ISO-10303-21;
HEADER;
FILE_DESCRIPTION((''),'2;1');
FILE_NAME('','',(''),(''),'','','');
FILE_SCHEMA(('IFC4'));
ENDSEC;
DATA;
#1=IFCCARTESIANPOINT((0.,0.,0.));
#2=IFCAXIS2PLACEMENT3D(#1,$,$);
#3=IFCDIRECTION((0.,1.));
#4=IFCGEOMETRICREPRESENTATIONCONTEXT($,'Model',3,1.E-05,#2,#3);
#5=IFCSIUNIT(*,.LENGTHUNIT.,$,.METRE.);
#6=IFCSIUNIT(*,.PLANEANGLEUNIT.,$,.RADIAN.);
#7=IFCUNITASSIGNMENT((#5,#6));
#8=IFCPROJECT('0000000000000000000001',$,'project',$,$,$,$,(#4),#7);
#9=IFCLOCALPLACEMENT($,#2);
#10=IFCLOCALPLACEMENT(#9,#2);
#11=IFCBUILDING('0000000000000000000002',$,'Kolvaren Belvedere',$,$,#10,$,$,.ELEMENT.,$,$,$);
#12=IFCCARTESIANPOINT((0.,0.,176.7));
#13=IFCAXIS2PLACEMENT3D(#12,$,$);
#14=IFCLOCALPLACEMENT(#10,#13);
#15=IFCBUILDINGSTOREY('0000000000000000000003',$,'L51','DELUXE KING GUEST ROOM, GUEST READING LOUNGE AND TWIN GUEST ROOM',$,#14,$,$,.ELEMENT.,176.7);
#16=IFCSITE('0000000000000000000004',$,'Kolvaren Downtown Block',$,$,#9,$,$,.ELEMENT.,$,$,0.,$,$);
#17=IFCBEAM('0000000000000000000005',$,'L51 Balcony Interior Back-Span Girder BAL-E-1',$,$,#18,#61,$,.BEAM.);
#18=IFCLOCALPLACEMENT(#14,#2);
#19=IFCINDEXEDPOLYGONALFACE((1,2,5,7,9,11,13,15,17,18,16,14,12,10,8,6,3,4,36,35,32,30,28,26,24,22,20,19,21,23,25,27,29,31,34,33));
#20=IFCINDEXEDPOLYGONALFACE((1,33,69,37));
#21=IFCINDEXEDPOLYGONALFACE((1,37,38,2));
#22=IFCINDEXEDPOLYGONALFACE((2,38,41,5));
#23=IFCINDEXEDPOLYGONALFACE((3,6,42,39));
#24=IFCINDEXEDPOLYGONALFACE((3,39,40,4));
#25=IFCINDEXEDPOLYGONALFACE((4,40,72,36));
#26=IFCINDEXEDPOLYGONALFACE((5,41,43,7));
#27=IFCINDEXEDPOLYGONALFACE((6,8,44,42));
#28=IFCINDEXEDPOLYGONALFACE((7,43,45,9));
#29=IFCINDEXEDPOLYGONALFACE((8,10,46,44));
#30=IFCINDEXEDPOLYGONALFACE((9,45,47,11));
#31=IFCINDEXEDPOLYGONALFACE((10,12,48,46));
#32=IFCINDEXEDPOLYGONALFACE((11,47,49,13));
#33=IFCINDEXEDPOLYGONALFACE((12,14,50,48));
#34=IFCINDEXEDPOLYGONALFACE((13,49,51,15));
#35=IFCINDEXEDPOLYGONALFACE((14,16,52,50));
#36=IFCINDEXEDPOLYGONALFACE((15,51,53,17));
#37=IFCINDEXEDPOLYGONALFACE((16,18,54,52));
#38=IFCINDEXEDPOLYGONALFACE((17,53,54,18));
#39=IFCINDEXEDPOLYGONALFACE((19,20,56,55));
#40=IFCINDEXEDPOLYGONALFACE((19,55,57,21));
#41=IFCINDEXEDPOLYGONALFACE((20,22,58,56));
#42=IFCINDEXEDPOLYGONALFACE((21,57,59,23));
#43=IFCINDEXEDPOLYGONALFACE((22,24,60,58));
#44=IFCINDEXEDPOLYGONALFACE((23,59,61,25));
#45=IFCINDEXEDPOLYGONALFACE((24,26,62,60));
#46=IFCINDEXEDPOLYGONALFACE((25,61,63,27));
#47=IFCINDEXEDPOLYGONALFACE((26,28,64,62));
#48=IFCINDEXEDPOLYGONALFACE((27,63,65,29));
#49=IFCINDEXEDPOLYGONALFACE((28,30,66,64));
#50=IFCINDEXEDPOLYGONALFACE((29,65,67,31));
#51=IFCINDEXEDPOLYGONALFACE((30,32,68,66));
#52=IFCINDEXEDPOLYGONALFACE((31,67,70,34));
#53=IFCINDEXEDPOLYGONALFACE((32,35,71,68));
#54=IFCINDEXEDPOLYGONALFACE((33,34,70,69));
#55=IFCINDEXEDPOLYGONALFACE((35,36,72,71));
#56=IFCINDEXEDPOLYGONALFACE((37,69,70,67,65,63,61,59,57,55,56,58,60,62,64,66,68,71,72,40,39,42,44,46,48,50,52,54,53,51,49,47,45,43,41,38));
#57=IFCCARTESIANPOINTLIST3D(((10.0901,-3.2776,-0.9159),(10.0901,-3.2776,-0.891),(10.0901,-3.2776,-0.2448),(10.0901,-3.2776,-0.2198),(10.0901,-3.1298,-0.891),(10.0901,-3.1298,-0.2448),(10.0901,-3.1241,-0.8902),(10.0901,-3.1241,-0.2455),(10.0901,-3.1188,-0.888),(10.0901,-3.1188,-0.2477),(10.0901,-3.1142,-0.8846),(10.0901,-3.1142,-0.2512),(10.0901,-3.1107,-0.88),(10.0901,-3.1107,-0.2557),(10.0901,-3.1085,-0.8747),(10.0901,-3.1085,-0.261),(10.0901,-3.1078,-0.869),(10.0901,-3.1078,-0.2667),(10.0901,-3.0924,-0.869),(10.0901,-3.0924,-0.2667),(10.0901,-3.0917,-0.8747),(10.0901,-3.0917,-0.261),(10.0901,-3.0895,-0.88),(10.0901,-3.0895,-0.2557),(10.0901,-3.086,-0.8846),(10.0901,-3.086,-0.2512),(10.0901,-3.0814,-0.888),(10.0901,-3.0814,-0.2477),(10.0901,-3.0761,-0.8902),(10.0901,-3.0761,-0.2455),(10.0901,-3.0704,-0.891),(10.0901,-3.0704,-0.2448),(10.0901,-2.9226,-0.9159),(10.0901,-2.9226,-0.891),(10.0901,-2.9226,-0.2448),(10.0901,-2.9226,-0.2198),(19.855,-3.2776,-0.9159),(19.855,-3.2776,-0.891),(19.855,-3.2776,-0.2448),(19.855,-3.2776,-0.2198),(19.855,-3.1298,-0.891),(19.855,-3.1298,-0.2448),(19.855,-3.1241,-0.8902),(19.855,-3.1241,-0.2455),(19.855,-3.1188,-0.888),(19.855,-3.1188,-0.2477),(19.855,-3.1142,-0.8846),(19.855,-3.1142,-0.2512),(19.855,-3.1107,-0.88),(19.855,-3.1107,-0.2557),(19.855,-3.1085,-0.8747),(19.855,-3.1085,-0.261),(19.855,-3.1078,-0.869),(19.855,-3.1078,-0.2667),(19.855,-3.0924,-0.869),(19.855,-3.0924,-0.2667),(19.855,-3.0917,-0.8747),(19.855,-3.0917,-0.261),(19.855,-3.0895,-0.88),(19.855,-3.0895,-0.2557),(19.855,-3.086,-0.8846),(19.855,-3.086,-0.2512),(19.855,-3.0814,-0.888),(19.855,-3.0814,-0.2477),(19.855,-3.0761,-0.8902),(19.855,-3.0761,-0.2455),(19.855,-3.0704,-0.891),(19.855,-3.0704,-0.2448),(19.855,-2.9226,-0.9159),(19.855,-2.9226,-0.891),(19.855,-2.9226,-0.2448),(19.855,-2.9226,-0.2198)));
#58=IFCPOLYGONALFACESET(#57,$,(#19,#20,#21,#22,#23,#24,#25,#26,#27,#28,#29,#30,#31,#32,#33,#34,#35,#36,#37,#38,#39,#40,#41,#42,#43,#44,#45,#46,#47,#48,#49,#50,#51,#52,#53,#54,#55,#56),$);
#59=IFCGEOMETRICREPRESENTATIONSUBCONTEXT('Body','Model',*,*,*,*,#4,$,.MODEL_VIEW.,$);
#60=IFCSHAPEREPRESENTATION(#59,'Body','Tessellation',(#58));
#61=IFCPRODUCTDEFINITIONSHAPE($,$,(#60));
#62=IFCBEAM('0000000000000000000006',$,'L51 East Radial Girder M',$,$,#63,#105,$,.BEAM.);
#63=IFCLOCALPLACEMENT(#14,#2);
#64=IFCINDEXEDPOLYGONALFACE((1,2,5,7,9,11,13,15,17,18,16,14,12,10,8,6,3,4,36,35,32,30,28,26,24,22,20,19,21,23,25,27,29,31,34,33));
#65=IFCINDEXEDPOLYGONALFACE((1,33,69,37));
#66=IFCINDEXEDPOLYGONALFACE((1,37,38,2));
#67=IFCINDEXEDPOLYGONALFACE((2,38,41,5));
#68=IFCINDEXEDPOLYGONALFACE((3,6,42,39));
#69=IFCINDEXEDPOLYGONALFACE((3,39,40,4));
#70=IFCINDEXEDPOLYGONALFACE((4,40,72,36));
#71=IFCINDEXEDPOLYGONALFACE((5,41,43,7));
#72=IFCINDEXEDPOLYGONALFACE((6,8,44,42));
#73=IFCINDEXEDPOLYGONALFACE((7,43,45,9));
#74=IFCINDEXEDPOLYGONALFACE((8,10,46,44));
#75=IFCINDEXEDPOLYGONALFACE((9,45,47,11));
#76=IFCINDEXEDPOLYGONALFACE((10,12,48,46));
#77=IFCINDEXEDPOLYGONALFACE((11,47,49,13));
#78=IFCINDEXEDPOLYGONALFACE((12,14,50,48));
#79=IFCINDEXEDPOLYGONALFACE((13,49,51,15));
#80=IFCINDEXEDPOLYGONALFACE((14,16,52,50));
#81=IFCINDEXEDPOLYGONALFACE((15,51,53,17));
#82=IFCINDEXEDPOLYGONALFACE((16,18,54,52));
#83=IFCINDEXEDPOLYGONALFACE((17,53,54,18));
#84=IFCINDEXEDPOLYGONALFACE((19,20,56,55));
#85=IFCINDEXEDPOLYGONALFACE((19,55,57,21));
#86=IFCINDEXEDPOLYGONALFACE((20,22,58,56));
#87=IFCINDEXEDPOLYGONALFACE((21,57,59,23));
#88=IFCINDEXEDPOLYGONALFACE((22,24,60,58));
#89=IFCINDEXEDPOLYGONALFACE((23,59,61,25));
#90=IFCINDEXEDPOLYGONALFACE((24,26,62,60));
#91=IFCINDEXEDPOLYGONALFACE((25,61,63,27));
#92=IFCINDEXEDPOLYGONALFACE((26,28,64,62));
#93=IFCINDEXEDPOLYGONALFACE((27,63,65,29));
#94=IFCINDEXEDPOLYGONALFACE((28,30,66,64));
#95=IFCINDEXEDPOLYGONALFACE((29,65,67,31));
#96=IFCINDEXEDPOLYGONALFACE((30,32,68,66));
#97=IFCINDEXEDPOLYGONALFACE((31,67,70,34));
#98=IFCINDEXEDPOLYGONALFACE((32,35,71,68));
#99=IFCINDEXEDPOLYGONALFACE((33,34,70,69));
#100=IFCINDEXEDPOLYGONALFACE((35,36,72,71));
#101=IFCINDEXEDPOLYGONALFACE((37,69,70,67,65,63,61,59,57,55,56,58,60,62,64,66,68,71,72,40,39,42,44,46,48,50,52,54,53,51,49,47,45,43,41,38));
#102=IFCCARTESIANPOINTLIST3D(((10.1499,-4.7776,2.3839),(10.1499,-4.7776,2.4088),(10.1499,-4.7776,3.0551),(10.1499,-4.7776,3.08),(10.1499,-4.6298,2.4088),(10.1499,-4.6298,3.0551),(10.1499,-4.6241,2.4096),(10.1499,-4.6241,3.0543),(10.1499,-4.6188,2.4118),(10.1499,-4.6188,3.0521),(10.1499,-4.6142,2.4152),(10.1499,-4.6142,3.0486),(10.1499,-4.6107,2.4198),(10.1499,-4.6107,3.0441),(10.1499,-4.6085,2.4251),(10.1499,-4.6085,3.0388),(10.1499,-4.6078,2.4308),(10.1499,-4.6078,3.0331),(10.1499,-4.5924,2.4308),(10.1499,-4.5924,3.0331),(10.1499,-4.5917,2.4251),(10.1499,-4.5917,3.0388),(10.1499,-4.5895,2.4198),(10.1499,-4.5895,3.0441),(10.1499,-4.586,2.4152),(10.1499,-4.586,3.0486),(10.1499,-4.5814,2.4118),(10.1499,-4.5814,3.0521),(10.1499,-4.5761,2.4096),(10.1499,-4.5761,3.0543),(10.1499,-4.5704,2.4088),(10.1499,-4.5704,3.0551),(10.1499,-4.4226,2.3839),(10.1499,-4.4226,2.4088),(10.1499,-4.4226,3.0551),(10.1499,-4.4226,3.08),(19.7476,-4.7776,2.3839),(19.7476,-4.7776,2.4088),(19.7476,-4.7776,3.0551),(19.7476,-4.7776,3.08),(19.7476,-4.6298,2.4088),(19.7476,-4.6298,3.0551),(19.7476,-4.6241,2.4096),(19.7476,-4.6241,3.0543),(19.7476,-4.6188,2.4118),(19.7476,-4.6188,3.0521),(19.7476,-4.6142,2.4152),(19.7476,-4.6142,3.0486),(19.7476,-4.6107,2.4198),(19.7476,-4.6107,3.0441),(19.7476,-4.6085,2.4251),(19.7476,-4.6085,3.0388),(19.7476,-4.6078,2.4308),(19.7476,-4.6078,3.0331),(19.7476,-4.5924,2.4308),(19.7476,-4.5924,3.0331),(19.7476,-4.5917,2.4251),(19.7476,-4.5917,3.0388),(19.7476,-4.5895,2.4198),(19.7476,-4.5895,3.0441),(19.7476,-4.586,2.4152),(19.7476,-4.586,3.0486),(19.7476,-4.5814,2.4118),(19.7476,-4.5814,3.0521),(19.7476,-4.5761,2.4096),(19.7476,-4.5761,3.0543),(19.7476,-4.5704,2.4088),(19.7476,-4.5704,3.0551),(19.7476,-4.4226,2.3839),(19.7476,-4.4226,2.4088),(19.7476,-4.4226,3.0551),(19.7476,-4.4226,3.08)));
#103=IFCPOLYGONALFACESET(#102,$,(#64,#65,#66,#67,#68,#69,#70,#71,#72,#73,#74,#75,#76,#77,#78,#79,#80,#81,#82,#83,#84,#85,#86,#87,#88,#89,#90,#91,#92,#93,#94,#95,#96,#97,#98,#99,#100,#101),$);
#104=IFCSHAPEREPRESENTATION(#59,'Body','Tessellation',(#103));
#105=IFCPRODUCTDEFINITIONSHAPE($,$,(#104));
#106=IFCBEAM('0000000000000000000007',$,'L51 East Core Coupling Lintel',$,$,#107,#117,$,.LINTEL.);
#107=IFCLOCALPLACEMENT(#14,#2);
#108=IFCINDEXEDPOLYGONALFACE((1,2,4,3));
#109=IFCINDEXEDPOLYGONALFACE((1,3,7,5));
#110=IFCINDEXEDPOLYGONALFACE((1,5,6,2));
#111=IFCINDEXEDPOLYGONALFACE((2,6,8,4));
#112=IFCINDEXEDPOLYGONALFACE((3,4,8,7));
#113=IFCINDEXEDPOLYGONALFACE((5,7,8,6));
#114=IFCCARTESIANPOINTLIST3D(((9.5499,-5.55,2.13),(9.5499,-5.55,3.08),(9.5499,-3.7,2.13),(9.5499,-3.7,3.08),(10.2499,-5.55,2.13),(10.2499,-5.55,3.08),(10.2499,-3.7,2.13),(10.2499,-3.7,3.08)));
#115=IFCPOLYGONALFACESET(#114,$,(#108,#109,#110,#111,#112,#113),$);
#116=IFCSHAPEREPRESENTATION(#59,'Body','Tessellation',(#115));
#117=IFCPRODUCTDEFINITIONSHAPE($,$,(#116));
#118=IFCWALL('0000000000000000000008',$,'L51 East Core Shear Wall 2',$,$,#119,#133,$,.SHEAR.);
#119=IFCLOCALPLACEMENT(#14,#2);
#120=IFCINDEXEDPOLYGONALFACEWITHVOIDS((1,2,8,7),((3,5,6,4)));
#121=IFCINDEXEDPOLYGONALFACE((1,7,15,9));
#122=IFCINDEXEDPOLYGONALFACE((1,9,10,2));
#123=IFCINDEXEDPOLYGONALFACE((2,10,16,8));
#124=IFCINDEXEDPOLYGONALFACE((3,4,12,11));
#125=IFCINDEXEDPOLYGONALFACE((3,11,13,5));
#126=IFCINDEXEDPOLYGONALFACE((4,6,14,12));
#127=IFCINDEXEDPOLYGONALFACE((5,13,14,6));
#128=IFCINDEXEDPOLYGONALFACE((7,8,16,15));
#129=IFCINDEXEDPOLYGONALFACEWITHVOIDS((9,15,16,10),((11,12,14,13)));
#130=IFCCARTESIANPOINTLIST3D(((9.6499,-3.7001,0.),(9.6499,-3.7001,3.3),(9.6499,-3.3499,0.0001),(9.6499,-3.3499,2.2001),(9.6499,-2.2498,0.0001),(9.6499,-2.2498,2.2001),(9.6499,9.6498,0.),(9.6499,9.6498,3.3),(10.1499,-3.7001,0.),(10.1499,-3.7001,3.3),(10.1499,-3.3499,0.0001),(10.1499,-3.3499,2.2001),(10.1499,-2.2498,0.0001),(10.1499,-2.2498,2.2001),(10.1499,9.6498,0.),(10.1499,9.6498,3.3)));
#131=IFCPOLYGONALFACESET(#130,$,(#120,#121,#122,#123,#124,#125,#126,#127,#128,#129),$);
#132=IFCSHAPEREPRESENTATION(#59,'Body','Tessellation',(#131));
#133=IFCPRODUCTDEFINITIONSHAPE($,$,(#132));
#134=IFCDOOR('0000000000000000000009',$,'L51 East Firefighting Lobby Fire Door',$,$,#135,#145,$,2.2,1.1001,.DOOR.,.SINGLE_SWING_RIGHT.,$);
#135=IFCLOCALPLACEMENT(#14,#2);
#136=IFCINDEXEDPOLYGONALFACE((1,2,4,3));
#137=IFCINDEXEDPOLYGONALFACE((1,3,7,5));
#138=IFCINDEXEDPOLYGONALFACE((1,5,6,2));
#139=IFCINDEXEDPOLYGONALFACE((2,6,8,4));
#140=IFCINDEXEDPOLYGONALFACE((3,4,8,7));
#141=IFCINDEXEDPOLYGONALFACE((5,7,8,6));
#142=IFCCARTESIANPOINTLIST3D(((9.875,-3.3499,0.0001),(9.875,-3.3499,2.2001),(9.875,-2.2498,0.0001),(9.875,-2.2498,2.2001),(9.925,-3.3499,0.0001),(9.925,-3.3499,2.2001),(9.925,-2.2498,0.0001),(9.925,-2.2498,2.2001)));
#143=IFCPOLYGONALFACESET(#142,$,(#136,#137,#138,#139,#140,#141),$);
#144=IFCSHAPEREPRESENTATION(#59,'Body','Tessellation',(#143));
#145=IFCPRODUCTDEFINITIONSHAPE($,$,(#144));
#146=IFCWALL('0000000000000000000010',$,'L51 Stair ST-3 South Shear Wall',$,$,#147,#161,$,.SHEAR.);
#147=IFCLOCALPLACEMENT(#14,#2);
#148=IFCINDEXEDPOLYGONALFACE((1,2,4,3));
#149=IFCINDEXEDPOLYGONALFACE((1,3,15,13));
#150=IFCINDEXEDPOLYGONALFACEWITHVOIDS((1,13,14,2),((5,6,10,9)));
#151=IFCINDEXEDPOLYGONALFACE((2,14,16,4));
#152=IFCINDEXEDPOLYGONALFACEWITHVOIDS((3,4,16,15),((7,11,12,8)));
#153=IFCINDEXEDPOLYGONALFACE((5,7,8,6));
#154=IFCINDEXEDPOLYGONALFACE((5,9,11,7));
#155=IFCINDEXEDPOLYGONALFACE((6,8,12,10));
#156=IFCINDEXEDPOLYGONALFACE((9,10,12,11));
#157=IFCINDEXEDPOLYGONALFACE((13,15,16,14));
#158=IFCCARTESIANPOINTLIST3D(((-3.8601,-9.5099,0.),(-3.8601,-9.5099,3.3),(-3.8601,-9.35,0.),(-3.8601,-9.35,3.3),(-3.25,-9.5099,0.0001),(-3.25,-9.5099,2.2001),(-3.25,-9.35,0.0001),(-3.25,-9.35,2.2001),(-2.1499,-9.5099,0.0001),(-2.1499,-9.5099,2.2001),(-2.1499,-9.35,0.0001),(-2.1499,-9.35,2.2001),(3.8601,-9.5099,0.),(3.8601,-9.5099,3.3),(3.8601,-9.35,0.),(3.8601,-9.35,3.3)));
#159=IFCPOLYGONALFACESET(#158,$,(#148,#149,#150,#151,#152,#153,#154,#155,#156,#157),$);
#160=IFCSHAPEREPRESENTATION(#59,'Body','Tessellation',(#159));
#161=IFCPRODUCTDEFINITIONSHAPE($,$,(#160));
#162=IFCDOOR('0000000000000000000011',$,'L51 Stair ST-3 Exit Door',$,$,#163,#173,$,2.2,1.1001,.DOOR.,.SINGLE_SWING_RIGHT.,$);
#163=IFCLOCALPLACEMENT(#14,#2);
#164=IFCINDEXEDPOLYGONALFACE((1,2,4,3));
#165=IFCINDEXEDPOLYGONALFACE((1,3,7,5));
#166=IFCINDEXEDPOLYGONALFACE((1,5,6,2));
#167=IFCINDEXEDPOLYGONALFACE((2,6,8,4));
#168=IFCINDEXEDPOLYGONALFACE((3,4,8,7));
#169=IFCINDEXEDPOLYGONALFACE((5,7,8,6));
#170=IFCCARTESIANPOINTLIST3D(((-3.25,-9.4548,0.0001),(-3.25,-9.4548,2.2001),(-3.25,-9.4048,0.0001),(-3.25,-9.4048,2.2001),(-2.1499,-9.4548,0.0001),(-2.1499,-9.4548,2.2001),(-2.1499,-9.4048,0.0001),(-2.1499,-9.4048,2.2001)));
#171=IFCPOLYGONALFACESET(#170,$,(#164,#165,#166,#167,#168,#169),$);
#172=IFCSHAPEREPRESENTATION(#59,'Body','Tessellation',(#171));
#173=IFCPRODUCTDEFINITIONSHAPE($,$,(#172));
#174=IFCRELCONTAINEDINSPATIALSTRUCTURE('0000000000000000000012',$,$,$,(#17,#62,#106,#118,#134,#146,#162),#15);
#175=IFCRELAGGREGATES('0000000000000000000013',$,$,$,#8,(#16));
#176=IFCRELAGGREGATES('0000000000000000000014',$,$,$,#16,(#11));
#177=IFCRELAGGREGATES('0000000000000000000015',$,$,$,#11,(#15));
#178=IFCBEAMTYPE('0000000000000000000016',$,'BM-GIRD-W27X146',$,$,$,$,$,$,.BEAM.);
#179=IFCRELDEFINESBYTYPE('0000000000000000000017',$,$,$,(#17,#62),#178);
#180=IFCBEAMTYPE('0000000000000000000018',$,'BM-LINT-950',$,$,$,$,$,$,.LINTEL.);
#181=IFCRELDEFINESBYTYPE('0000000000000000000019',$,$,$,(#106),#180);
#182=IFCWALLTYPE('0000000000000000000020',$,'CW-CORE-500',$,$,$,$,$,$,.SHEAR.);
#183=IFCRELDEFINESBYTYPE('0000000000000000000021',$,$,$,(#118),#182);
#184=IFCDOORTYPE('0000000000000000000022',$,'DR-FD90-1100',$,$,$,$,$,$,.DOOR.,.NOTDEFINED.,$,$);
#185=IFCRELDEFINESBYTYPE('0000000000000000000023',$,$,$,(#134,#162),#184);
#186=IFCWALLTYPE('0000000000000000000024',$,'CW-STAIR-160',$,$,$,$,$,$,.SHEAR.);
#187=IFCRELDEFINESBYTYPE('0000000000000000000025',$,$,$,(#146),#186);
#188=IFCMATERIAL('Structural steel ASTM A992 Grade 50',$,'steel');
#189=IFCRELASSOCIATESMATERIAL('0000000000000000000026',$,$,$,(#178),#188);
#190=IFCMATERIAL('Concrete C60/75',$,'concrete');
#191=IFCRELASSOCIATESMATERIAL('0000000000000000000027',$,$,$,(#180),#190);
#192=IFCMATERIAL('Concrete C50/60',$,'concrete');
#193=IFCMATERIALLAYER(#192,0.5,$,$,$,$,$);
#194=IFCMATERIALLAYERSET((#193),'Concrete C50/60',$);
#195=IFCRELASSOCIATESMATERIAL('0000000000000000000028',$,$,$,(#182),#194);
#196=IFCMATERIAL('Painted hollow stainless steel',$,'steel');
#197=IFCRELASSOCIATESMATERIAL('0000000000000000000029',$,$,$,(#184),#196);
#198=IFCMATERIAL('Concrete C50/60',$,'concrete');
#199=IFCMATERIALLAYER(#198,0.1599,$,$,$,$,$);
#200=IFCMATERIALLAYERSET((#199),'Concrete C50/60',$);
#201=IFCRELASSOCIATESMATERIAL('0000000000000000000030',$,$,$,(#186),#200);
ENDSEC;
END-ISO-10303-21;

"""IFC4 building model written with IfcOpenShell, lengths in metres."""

from ifc_helpers import new_model, si_unit, direction, frame, frame_2d, origin, origin_2d, place, context, subcontext, project, spatial, rectangle, i_section, extrude, material, layer, layer_set, material_profile, profile_set, type_object, element, fill, save


model = new_model("IFC4")

# Units and contexts
model_context = context("Model", 3, precision=1e-05, world=origin(), true_north=direction((0.0, 1.0)))
body_context = subcontext(model_context, "Body", "Model", "MODEL_VIEW")
ifc_project = project(units=[si_unit("LENGTHUNIT", "METRE"), si_unit("PLANEANGLEUNIT", "RADIAN")], contexts=[model_context])

# Site, building, storey
site_placement = place(None, origin())
site = spatial("IfcSite", under=ifc_project, at=site_placement, Name="Kolvaren Downtown Block", CompositionType="ELEMENT", RefElevation=0.0)
building_placement = place(site_placement, origin())
building = spatial("IfcBuilding", under=site, at=building_placement, Name="Kolvaren Belvedere", CompositionType="ELEMENT")
storey_placement = place(building_placement, frame((0.0, 0.0, 176.7)))
storey = spatial("IfcBuildingStorey", under=building, at=storey_placement, Name="L51", Description="DELUXE KING GUEST ROOM, GUEST READING LOUNGE AND TWIN GUEST ROOM", CompositionType="ELEMENT", Elevation=176.7)

# Beams
ifc_material_1 = material(Name="Structural steel ASTM A992 Grade 50", Category="steel")
ifc_material_profile_1 = material_profile(ifc_material_1, i_section(OverallWidth=0.355, OverallDepth=0.696, WebThickness=0.0154, FlangeThickness=0.0249, FilletRadius=0.022, at=origin_2d()), Name="W27X146")
ifc_profile_set_1 = profile_set([ifc_material_profile_1], Name="Structural steel ASTM A992 Grade 50")
beam_type_1 = type_object("IfcBeamType", Name="BM-GIRD-W27X146", PredefinedType="BEAM", material=ifc_profile_set_1)
beam_1_placement = place(storey_placement, frame((10.0901, -3.1001, -0.5679), z_axis=(1.0, 0.0, 0.0), x_axis=(0.0, 1.0, 0.0)))
element("IfcBeam", 1, at=beam_1_placement, inside=storey, type_object=beam_type_1, Name="L51 Balcony Interior Back-Span Girder BAL-E-1", PredefinedType="BEAM", context=body_context, shape_type="SweptSolid", body=[
    extrude(i_section(OverallWidth=0.355, OverallDepth=0.696, WebThickness=0.0154, FlangeThickness=0.0249, FilletRadius=0.022, at=origin_2d()), origin(), (0.0, 0.0, 1.0), 9.7649),
])
beam_2_placement = place(storey_placement, frame((10.1499, -4.6001, 2.7319), z_axis=(1.0, 0.0, 0.0), x_axis=(0.0, 1.0, 0.0)))
element("IfcBeam", 2, at=beam_2_placement, inside=storey, type_object=beam_type_1, Name="L51 East Radial Girder M", PredefinedType="BEAM", context=body_context, shape_type="SweptSolid", body=[
    extrude(i_section(OverallWidth=0.355, OverallDepth=0.696, WebThickness=0.0154, FlangeThickness=0.0249, FilletRadius=0.022, at=origin_2d()), origin(), (0.0, 0.0, 1.0), 9.5977),
])
ifc_material_2 = material(Name="Concrete C60/75", Category="concrete")
ifc_material_profile_2 = material_profile(ifc_material_2, rectangle(XDim=0.7, YDim=0.95, at=origin_2d()), Name="RC 700X950")
ifc_profile_set_2 = profile_set([ifc_material_profile_2], Name="Concrete C60/75")
beam_type_2 = type_object("IfcBeamType", Name="BM-LINT-950", PredefinedType="LINTEL", material=ifc_profile_set_2)
beam_3_placement = place(storey_placement, frame((9.8999, -5.55, 2.605), z_axis=(0.0, 1.0, 0.0), x_axis=(-1.0, 0.0, 0.0)))
element("IfcBeam", 3, at=beam_3_placement, inside=storey, type_object=beam_type_2, Name="L51 East Core Coupling Lintel", PredefinedType="LINTEL", context=body_context, shape_type="SweptSolid", body=[
    extrude(rectangle(XDim=0.7, YDim=0.95, at=origin_2d()), origin(), (0.0, 0.0, 1.0), 1.8501),
])

# Walls, openings, doors
ifc_material_3 = material(Name="Concrete C50/60", Category="concrete")
ifc_layer_1 = layer(ifc_material_3, 0.5)
ifc_layer_set_1 = layer_set([ifc_layer_1], Name="Concrete C50/60")
wall_type_1 = type_object("IfcWallType", Name="CW-CORE-500", PredefinedType="SHEAR", material=ifc_layer_set_1)
wall_1_placement = place(storey_placement, frame((9.8999, -3.7, 0.0), z_axis=(0.0, 0.0, 1.0), x_axis=(0.0, 1.0, 0.0)))
wall_1 = element("IfcWall", 4, at=wall_1_placement, inside=storey, type_object=wall_type_1, Name="L51 East Core Shear Wall 2", PredefinedType="SHEAR", context=body_context, shape_type="SweptSolid", body=[
    extrude(rectangle(XDim=13.3499, YDim=0.5, at=frame_2d((6.6748, 0.0))), origin(), (0.0, 0.0, 1.0), 3.3),
])
opening_1_placement = place(wall_1_placement, frame((0.3501, 0.0, 0.0)))
opening_1 = element("IfcOpeningElement", 5, at=opening_1_placement, cuts=wall_1, PredefinedType="OPENING", context=body_context, shape_type="SweptSolid", body=[
    extrude(rectangle(XDim=1.1001, YDim=2.2, at=frame_2d((0.55, 1.1001))), frame((0.0, 0.26, 0.0), z_axis=(0.0, -1.0, 0.0), x_axis=(1.0, 0.0, 0.0)), (0.0, 0.0, 1.0), 0.52),
])
ifc_material_4 = material(Name="Painted hollow stainless steel", Category="steel")
door_type_1 = type_object("IfcDoorType", Name="DR-FD90-1100", OperationType="NOTDEFINED", PredefinedType="DOOR", material=ifc_material_4)
door_1_placement = place(opening_1_placement, origin())
door_1 = element("IfcDoor", 6, at=door_1_placement, inside=storey, type_object=door_type_1, Name="L51 East Firefighting Lobby Fire Door", OperationType="SINGLE_SWING_RIGHT", OverallHeight=2.2, OverallWidth=1.1001, PredefinedType="DOOR", context=body_context, shape_type="SweptSolid", body=[
    extrude(rectangle(XDim=1.1001, YDim=2.2, at=frame_2d((0.55, 1.1001))), frame((0.0, 0.0249, 0.0), z_axis=(0.0, -1.0, 0.0), x_axis=(1.0, 0.0, 0.0)), (0.0, 0.0, 1.0), 0.05),
])
fill(opening_1, door_1)
ifc_material_5 = material(Name="Concrete C50/60", Category="concrete")
ifc_layer_2 = layer(ifc_material_5, 0.1599)
ifc_layer_set_2 = layer_set([ifc_layer_2], Name="Concrete C50/60")
wall_type_2 = type_object("IfcWallType", Name="CW-STAIR-160", PredefinedType="SHEAR", material=ifc_layer_set_2)
wall_2_placement = place(storey_placement, frame((3.8601, -9.4299, 0.0), z_axis=(0.0, 0.0, 1.0), x_axis=(-1.0, 0.0, 0.0)))
wall_2 = element("IfcWall", 7, at=wall_2_placement, inside=storey, type_object=wall_type_2, Name="L51 Stair ST-3 South Shear Wall", PredefinedType="SHEAR", context=body_context, shape_type="SweptSolid", body=[
    extrude(rectangle(XDim=7.7202, YDim=0.1599, at=frame_2d((3.8601, 0.0))), origin(), (0.0, 0.0, 1.0), 3.3),
])
opening_2_placement = place(wall_2_placement, frame((6.01, 0.0, 0.0)))
opening_2 = element("IfcOpeningElement", 8, at=opening_2_placement, cuts=wall_2, PredefinedType="OPENING", context=body_context, shape_type="SweptSolid", body=[
    extrude(rectangle(XDim=1.1001, YDim=2.2, at=frame_2d((0.55, 1.1001))), frame((0.0, 0.0898, 0.0), z_axis=(0.0, -1.0, 0.0), x_axis=(1.0, 0.0, 0.0)), (0.0, 0.0, 1.0), 0.1799),
])
door_2_placement = place(opening_2_placement, origin())
door_2 = element("IfcDoor", 9, at=door_2_placement, inside=storey, type_object=door_type_1, Name="L51 Stair ST-3 Exit Door", OperationType="SINGLE_SWING_RIGHT", OverallHeight=2.2, OverallWidth=1.1001, PredefinedType="DOOR", context=body_context, shape_type="SweptSolid", body=[
    extrude(rectangle(XDim=1.1001, YDim=2.2, at=frame_2d((0.55, 1.1001))), frame((0.0, 0.0249, 0.0), z_axis=(0.0, -1.0, 0.0), x_axis=(1.0, 0.0, 0.0)), (0.0, 0.0, 1.0), 0.05),
])
fill(opening_2, door_2)

save(model, "model.ifc")
